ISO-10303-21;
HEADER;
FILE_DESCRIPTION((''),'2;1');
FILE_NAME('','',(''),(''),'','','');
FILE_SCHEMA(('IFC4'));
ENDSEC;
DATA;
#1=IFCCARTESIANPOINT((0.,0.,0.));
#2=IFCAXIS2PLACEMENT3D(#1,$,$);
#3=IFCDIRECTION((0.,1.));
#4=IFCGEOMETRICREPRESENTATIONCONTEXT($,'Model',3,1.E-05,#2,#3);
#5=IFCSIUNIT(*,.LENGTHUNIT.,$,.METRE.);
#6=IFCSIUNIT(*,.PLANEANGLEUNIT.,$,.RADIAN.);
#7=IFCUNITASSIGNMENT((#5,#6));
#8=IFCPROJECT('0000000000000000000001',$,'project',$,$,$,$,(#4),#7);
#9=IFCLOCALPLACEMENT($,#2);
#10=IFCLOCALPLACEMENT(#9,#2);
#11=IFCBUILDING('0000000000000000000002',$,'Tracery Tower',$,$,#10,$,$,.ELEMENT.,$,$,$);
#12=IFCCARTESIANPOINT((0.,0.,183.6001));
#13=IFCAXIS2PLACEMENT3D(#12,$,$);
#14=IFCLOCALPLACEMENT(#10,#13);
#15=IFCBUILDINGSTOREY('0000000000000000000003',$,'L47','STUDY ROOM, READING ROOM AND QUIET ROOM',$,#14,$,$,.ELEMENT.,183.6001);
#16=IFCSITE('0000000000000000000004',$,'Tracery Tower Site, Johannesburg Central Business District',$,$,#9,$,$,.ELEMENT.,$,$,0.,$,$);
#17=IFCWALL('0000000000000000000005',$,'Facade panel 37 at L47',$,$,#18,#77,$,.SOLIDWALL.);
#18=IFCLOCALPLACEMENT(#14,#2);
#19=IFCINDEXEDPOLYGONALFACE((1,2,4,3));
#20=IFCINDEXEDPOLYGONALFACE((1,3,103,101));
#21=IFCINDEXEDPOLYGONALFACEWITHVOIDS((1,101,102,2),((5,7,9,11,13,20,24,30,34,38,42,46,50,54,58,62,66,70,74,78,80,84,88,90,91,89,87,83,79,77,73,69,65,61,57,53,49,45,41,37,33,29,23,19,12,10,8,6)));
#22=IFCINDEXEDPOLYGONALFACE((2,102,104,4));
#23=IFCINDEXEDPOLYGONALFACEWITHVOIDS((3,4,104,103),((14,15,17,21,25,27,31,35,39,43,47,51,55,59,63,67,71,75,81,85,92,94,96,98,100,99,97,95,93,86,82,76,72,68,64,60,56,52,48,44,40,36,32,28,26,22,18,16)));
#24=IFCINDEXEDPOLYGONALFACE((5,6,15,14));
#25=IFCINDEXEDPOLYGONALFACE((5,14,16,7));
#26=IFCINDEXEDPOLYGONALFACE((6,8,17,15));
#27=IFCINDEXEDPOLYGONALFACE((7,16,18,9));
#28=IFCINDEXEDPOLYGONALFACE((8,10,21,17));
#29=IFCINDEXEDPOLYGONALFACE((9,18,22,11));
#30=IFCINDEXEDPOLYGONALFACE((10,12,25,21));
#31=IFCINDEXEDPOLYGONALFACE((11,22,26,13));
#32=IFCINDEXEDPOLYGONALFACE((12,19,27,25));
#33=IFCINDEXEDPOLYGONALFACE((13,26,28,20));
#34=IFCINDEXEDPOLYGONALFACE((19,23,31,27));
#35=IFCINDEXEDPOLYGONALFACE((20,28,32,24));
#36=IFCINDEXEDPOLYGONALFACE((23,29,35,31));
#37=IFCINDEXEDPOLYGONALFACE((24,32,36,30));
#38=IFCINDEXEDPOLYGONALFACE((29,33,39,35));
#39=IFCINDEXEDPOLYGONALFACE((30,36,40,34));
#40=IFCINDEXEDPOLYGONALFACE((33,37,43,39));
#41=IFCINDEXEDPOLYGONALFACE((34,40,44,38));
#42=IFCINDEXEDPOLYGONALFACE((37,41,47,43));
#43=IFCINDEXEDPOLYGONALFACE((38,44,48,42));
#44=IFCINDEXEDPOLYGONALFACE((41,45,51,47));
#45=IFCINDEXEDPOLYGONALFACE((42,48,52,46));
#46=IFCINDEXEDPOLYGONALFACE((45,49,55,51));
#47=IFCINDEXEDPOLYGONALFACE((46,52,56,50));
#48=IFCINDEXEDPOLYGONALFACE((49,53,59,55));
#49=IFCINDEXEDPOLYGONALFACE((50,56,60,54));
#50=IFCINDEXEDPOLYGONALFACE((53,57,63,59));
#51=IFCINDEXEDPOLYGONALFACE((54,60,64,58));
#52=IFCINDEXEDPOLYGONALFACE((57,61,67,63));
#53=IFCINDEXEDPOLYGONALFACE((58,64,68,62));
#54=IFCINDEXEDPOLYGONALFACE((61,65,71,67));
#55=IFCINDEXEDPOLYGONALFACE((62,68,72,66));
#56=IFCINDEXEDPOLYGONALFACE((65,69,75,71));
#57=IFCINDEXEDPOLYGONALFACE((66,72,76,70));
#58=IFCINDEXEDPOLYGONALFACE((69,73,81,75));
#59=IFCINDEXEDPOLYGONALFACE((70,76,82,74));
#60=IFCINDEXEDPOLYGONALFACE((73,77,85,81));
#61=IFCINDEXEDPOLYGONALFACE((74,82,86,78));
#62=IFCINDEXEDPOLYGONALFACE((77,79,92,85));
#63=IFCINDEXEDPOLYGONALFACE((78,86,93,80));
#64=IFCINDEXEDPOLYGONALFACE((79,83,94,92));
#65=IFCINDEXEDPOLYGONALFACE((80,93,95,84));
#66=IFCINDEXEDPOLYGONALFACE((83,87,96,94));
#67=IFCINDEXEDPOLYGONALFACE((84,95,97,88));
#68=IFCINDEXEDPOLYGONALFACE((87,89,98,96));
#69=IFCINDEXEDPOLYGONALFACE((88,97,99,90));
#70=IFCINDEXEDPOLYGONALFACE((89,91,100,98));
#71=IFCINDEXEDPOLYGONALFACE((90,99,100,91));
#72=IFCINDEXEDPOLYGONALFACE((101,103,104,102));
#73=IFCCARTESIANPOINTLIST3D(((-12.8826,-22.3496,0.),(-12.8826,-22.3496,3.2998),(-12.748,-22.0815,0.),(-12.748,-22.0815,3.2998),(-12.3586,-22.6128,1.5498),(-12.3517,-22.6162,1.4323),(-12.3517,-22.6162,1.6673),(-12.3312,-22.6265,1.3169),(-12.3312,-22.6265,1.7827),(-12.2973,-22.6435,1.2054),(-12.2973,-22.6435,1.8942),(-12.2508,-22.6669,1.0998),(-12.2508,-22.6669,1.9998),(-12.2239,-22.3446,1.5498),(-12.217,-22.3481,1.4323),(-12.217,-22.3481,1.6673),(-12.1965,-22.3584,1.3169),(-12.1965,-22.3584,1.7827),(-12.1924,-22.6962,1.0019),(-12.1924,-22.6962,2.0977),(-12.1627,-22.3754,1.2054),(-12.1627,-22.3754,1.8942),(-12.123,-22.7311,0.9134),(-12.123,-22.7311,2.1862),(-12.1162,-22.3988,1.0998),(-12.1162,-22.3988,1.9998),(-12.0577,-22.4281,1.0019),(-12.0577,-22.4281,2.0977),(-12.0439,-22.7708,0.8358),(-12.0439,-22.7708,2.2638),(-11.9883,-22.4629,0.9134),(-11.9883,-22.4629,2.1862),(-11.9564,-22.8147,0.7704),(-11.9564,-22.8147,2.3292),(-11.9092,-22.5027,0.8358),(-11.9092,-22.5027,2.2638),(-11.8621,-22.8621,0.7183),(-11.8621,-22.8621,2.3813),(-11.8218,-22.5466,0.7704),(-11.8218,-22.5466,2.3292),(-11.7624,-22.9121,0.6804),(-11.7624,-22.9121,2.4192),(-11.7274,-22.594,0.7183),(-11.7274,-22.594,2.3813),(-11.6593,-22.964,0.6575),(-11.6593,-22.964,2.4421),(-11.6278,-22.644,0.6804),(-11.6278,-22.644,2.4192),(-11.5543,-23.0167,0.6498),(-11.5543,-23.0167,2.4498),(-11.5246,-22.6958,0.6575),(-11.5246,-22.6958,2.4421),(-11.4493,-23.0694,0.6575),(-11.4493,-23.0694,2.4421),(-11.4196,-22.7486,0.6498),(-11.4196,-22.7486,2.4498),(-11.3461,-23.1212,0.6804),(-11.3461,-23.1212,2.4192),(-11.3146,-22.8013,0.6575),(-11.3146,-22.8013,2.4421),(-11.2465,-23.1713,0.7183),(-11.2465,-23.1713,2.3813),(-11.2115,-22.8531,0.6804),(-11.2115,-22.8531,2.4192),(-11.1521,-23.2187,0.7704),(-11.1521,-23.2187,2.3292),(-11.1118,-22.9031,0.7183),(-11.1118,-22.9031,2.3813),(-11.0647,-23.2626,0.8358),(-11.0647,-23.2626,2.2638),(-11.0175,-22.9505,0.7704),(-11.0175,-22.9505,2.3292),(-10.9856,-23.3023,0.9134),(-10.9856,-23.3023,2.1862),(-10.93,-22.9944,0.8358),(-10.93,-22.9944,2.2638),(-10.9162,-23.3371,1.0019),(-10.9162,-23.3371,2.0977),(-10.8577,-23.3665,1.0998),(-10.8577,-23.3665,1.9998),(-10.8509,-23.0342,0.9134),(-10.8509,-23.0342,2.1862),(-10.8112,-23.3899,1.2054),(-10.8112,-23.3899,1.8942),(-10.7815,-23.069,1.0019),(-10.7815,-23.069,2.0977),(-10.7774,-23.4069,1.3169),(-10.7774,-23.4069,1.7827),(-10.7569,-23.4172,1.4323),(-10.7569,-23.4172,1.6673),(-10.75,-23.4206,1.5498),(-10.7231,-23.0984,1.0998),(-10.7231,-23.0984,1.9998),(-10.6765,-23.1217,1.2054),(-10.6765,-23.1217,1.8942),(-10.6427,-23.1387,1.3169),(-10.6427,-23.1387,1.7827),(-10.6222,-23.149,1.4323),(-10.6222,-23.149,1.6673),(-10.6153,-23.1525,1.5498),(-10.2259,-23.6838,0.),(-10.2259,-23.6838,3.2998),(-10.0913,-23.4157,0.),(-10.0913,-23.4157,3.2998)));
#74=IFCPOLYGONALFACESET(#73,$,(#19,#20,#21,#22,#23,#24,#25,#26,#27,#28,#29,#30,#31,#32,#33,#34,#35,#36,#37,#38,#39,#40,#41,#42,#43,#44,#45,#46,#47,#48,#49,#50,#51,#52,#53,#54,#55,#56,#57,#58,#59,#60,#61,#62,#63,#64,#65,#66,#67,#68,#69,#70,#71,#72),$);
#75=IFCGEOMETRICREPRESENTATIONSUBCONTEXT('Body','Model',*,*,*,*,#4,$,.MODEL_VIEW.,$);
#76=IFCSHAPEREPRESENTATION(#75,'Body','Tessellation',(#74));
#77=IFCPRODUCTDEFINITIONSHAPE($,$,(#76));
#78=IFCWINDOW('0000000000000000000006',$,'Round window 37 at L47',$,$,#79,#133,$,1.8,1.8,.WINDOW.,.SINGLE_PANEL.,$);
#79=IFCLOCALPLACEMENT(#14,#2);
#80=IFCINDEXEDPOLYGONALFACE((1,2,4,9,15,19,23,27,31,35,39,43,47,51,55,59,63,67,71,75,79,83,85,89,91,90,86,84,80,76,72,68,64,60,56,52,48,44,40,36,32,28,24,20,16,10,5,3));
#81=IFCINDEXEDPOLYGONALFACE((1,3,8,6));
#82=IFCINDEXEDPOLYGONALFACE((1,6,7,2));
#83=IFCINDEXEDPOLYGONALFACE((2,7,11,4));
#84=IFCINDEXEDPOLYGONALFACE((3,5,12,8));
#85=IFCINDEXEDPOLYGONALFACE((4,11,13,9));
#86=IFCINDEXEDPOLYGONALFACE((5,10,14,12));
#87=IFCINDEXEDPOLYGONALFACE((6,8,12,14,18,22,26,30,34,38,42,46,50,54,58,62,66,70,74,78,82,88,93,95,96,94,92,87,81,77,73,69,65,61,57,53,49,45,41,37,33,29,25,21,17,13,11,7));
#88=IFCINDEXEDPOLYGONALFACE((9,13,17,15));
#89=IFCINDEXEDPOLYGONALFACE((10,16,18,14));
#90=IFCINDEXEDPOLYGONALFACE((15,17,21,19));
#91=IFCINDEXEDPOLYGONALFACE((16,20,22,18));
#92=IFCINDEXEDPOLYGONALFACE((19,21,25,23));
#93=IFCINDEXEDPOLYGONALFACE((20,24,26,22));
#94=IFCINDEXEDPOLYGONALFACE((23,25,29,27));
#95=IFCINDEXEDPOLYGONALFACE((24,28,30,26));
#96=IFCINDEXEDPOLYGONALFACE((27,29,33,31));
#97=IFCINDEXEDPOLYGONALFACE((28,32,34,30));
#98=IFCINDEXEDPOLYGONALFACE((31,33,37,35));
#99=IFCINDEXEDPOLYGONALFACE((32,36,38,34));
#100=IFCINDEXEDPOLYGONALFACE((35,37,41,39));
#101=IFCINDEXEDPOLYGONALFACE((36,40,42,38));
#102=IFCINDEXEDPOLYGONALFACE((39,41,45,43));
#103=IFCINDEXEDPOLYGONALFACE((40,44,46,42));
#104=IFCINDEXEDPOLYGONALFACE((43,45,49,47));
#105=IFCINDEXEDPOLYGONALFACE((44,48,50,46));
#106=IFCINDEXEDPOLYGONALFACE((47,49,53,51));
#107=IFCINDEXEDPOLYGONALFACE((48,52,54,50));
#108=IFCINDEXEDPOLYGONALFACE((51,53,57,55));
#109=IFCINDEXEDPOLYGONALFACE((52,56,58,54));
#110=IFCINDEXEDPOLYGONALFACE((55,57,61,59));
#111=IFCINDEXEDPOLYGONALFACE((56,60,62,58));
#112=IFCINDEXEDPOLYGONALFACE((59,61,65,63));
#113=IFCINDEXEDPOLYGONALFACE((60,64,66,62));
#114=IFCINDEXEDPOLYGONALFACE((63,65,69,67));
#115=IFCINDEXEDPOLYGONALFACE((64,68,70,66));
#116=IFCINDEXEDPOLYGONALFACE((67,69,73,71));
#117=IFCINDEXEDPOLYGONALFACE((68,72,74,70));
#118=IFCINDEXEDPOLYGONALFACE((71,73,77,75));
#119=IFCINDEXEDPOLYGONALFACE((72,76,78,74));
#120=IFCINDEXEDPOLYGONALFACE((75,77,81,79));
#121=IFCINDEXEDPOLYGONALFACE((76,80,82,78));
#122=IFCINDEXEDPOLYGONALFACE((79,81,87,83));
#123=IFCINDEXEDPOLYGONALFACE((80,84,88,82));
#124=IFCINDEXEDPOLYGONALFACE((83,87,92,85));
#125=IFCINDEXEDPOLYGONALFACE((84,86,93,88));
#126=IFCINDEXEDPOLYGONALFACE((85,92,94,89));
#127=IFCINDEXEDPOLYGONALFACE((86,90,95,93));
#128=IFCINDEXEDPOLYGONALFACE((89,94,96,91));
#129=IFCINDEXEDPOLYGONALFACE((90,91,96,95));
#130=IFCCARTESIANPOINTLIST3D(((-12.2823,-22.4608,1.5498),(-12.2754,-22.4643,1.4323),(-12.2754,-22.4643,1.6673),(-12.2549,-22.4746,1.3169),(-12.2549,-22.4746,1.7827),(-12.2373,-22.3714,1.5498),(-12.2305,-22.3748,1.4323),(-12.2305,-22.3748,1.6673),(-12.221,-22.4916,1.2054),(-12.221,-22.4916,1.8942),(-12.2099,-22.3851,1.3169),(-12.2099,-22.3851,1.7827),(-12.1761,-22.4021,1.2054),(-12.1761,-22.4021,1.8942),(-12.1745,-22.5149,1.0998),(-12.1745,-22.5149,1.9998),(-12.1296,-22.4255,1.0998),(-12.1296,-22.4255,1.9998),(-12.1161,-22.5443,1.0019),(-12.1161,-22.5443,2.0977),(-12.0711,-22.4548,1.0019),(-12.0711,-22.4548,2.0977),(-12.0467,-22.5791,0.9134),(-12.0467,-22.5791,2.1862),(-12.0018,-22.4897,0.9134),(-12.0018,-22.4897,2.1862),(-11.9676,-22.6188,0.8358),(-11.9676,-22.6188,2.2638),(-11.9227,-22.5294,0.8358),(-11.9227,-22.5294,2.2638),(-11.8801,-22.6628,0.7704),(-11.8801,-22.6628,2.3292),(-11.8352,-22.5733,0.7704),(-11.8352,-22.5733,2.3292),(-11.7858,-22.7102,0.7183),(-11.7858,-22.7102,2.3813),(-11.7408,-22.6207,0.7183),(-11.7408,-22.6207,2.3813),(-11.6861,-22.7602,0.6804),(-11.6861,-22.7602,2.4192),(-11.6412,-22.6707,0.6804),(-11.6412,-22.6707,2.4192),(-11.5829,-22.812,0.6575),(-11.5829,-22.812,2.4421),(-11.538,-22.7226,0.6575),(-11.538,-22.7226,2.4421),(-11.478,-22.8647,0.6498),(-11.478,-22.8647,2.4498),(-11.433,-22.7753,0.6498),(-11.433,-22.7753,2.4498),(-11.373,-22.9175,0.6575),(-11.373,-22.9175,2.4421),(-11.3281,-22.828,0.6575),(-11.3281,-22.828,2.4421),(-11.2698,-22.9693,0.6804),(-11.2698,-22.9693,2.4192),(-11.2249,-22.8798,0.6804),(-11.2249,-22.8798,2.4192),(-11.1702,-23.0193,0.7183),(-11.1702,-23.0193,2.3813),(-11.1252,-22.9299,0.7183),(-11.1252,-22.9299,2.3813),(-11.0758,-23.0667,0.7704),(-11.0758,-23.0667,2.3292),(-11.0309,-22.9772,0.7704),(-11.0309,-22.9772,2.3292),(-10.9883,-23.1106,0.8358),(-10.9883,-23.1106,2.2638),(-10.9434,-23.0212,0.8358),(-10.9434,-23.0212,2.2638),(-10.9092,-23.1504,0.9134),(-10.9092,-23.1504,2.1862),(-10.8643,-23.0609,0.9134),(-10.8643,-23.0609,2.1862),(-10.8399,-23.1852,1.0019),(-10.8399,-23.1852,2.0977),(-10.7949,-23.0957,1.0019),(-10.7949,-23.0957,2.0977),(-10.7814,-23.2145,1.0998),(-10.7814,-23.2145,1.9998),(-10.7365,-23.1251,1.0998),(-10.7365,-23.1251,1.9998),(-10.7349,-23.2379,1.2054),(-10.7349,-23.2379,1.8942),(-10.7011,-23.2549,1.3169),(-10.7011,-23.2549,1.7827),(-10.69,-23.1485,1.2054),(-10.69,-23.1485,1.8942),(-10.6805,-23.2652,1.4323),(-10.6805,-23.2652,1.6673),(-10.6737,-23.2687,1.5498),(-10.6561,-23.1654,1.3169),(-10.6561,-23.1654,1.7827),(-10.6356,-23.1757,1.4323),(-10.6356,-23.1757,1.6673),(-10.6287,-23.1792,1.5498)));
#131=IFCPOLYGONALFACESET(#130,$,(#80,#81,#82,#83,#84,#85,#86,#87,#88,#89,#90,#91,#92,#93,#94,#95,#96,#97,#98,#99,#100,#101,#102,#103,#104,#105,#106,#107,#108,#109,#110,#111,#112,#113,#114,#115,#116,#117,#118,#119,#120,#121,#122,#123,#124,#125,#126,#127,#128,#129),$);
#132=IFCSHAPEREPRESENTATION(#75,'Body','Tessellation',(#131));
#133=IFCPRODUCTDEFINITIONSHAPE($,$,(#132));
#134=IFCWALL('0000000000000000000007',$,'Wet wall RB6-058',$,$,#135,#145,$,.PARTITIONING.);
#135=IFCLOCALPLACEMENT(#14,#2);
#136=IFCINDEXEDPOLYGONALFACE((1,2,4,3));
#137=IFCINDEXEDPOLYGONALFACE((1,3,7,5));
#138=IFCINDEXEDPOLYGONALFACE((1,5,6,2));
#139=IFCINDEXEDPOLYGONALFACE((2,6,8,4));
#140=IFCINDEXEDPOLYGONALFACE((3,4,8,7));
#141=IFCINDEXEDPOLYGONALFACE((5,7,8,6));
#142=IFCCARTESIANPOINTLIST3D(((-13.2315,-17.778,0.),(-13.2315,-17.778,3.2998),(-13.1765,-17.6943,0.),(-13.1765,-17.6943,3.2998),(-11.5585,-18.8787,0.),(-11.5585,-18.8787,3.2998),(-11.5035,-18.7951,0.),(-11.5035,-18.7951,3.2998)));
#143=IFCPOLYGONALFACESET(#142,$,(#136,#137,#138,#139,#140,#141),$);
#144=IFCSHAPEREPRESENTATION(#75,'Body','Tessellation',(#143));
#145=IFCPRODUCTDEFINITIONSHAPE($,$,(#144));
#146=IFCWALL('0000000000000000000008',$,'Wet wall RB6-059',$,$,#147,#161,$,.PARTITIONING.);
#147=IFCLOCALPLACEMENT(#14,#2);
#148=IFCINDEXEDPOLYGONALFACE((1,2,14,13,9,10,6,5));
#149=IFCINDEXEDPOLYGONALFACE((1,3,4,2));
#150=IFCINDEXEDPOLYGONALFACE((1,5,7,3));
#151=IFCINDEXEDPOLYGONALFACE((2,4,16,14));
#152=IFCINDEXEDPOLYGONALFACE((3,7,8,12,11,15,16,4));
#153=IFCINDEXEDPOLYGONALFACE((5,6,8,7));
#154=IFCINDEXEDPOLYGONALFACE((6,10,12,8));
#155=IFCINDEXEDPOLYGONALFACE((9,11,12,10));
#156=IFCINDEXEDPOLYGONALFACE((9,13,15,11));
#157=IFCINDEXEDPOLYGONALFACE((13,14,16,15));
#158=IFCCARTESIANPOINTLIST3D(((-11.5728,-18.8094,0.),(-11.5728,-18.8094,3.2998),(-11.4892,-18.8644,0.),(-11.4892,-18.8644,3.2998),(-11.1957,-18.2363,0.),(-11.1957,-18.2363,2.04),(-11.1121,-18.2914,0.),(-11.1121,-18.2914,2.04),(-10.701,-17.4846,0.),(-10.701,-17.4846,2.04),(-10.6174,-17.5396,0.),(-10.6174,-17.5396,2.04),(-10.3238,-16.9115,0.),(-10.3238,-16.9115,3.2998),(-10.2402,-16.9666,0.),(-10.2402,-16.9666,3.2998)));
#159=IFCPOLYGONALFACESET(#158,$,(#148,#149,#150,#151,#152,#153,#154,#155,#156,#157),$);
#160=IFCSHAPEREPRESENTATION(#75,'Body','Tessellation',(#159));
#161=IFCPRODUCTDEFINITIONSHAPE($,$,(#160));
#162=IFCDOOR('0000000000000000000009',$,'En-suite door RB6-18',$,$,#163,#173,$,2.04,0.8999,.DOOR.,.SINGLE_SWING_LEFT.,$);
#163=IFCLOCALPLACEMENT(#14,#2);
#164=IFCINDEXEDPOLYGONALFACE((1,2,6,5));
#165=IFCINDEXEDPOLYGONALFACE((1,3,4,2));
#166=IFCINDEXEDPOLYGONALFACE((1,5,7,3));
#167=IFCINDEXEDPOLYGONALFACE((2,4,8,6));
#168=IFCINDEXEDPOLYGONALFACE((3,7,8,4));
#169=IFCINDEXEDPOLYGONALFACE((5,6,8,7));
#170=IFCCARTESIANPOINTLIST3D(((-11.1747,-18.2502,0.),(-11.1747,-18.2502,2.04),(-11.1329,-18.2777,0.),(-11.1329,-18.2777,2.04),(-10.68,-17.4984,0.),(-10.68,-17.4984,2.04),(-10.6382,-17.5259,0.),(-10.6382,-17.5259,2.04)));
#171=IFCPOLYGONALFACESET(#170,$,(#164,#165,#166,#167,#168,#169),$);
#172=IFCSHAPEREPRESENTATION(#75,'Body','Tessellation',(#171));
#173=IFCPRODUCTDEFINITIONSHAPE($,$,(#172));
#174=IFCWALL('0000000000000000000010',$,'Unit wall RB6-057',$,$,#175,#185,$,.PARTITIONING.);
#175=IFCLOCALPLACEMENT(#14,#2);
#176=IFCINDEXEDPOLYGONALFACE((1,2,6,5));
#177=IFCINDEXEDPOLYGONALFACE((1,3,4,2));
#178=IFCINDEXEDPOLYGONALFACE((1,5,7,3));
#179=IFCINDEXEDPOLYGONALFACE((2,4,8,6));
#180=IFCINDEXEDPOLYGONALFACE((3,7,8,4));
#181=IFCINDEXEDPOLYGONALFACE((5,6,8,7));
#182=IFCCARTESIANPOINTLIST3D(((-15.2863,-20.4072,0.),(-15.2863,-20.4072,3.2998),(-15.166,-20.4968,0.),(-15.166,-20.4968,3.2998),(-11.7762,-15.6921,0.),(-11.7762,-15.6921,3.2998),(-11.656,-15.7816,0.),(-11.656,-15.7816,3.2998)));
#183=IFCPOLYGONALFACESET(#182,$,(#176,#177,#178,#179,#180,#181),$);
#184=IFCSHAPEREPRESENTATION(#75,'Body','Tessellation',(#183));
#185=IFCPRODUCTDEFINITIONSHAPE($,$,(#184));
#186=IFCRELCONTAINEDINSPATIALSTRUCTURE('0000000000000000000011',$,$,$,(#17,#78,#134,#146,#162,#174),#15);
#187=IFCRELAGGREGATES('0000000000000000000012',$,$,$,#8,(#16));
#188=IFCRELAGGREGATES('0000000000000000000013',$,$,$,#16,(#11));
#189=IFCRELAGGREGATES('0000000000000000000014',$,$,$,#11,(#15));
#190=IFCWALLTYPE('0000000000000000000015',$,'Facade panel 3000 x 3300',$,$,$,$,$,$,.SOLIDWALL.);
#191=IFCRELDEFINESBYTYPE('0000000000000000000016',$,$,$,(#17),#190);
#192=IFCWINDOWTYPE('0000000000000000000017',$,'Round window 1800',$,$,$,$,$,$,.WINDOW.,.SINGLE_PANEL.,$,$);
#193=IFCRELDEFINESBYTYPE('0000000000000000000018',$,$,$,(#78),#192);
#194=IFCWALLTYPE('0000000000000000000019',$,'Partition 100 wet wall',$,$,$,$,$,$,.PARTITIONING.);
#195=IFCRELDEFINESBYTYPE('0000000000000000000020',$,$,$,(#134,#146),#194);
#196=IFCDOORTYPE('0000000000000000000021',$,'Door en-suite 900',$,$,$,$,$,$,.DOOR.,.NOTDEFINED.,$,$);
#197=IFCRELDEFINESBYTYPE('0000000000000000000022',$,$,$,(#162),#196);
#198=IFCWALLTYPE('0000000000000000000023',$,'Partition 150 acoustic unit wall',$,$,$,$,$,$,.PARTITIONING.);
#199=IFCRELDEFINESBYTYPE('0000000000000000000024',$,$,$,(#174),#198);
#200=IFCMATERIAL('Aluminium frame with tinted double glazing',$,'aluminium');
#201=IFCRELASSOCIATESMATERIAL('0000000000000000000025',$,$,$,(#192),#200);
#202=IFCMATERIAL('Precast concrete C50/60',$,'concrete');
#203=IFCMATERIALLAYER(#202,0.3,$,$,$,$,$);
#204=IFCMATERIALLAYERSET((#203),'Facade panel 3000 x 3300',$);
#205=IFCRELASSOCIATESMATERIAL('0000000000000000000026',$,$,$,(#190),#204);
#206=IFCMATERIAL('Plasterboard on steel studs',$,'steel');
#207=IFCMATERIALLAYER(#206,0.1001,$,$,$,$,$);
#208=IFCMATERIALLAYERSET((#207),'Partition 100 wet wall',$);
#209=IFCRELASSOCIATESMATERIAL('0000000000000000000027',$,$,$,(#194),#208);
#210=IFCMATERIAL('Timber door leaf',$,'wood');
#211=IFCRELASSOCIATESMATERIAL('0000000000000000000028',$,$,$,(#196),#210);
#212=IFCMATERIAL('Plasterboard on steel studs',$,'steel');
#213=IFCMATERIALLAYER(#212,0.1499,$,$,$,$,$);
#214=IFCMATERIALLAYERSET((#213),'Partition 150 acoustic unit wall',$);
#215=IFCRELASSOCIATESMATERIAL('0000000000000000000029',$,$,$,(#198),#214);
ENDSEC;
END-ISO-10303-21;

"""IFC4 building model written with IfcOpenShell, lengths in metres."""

from ifc_helpers import new_model, si_unit, direction, frame, frame_2d, origin, origin_2d, place, context, subcontext, project, spatial, rectangle, circle, extrude, material, layer, layer_set, type_object, element, fill, save


model = new_model("IFC4")

# Units and contexts
model_context = context("Model", 3, precision=1e-05, world=origin(), true_north=direction((0.0, 1.0)))
body_context = subcontext(model_context, "Body", "Model", "MODEL_VIEW")
ifc_project = project(units=[si_unit("LENGTHUNIT", "METRE"), si_unit("PLANEANGLEUNIT", "RADIAN")], contexts=[model_context])

# Site, building, storey
site_placement = place(None, origin())
site = spatial("IfcSite", under=ifc_project, at=site_placement, Name="Tracery Tower Site, Johannesburg Central Business District", CompositionType="ELEMENT", RefElevation=0.0)
building_placement = place(site_placement, origin())
building = spatial("IfcBuilding", under=site, at=building_placement, Name="Tracery Tower", CompositionType="ELEMENT")
storey_placement = place(building_placement, frame((0.0, 0.0, 183.6001)))
storey = spatial("IfcBuildingStorey", under=building, at=storey_placement, Name="L47", Description="STUDY ROOM, READING ROOM AND QUIET ROOM", CompositionType="ELEMENT", Elevation=183.6001)

# Wall, opening, window
ifc_material_1 = material(Name="Aluminium frame with tinted double glazing", Category="aluminium")
window_type = type_object("IfcWindowType", Name="Round window 1800", PartitioningType="SINGLE_PANEL", PredefinedType="WINDOW", material=ifc_material_1)
ifc_material_2 = material(Name="Precast concrete C50/60", Category="concrete")
ifc_layer_1 = layer(ifc_material_2, 0.3)
ifc_layer_set_1 = layer_set([ifc_layer_1], Name="Facade panel 3000 x 3300")
wall_type_1 = type_object("IfcWallType", Name="Facade panel 3000 x 3300", PredefinedType="SOLIDWALL", material=ifc_layer_set_1)
wall_1_placement = place(storey_placement, frame((-12.8152, -22.2156, 0.0), z_axis=(0.0, 0.0, 1.0), x_axis=(0.893637, -0.44879, 0.0)))
wall_1 = element("IfcWall", 1, at=wall_1_placement, inside=storey, type_object=wall_type_1, Name="Facade panel 37 at L47", PredefinedType="SOLIDWALL", context=body_context, shape_type="SweptSolid", body=[
    extrude(rectangle(XDim=2.9729, YDim=0.3, at=frame_2d((1.4863, 0.0))), origin(), (0.0, 0.0, 1.0), 3.2998),
])
opening_1_placement = place(wall_1_placement, frame((1.4863, 0.0, 1.5498)))
opening_1 = element("IfcOpeningElement", 2, at=opening_1_placement, cuts=wall_1, PredefinedType="OPENING", context=body_context, shape_type="SweptSolid", body=[
    extrude(circle(Radius=0.9, at=origin_2d()), frame((0.0, 0.1599, 0.0), z_axis=(0.0, -1.0, 0.0), x_axis=(1.0, 0.0, 0.0)), (0.0, 0.0, 1.0), 0.3201),
])
window_1_placement = place(opening_1_placement, origin())
window_1 = element("IfcWindow", 3, at=window_1_placement, inside=storey, type_object=window_type, Name="Round window 37 at L47", OverallHeight=1.8, OverallWidth=1.8, PartitioningType="SINGLE_PANEL", PredefinedType="WINDOW", context=body_context, shape_type="SweptSolid", body=[
    extrude(circle(Radius=0.9, at=origin_2d()), frame((0.0, 0.1201, 0.0), z_axis=(0.0, -1.0, 0.0), x_axis=(1.0, 0.0, 0.0)), (0.0, 0.0, 1.0), 0.1001),
])
fill(opening_1, window_1)

# Wall
ifc_material_3 = material(Name="Plasterboard on steel studs", Category="steel")
ifc_layer_2 = layer(ifc_material_3, 0.1001)
ifc_layer_set_2 = layer_set([ifc_layer_2], Name="Partition 100 wet wall")
wall_type_2 = type_object("IfcWallType", Name="Partition 100 wet wall", PredefinedType="PARTITIONING", material=ifc_layer_set_2)
wall_2_placement = place(storey_placement, frame((-13.2041, -17.7361, 0.0), z_axis=(0.0, 0.0, 1.0), x_axis=(0.835392, -0.549655, 0.0)))
element("IfcWall", 4, at=wall_2_placement, inside=storey, type_object=wall_type_2, Name="Wet wall RB6-058", PredefinedType="PARTITIONING", context=body_context, shape_type="SweptSolid", body=[
    extrude(rectangle(XDim=2.0027, YDim=0.1001, at=frame_2d((1.0015, 0.0))), origin(), (0.0, 0.0, 1.0), 3.2998),
])

# Wall, opening, door
wall_3_placement = place(storey_placement, frame((-11.531, -18.8369, 0.0), z_axis=(0.0, 0.0, 1.0), x_axis=(0.549731, 0.835342, 0.0)))
wall_3 = element("IfcWall", 5, at=wall_3_placement, inside=storey, type_object=wall_type_2, Name="Wet wall RB6-059", PredefinedType="PARTITIONING", context=body_context, shape_type="SweptSolid", body=[
    extrude(rectangle(XDim=2.272, YDim=0.1001, at=frame_2d((1.136, 0.0))), origin(), (0.0, 0.0, 1.0), 3.2998),
])
opening_2_placement = place(wall_3_placement, frame((0.686, 0.0, 0.0)))
opening_2 = element("IfcOpeningElement", 6, at=opening_2_placement, cuts=wall_3, PredefinedType="OPENING", context=body_context, shape_type="SweptSolid", body=[
    extrude(rectangle(XDim=0.8999, YDim=2.04, at=frame_2d((0.45, 1.02))), frame((0.0, 0.05, 0.0), z_axis=(0.0, -1.0, 0.0), x_axis=(1.0, 0.0, 0.0)), (0.0, 0.0, 1.0), 0.1001),
])
ifc_material_4 = material(Name="Timber door leaf", Category="wood")
door_type = type_object("IfcDoorType", Name="Door en-suite 900", OperationType="NOTDEFINED", PredefinedType="DOOR", material=ifc_material_4)
door_placement = place(opening_2_placement, origin())
door = element("IfcDoor", 7, at=door_placement, inside=storey, type_object=door_type, Name="En-suite door RB6-18", OperationType="SINGLE_SWING_LEFT", OverallHeight=2.04, OverallWidth=0.8999, PredefinedType="DOOR", context=body_context, shape_type="SweptSolid", body=[
    extrude(rectangle(XDim=0.8999, YDim=2.04, at=frame_2d((0.45, 1.02))), frame((0.0, 0.0249, 0.0), z_axis=(0.0, -1.0, 0.0), x_axis=(1.0, 0.0, 0.0)), (0.0, 0.0, 1.0), 0.05),
])
fill(opening_2, door)

# Wall
ifc_material_5 = material(Name="Plasterboard on steel studs", Category="steel")
ifc_layer_3 = layer(ifc_material_5, 0.1499)
ifc_layer_set_3 = layer_set([ifc_layer_3], Name="Partition 150 acoustic unit wall")
wall_type_3 = type_object("IfcWallType", Name="Partition 150 acoustic unit wall", PredefinedType="PARTITIONING", material=ifc_layer_set_3)
wall_4_placement = place(storey_placement, frame((-15.2261, -20.4519, 0.0), z_axis=(0.0, 0.0, 1.0), x_axis=(0.597132, 0.802143, 0.0)))
element("IfcWall", 8, at=wall_4_placement, inside=storey, type_object=wall_type_3, Name="Unit wall RB6-057", PredefinedType="PARTITIONING", context=body_context, shape_type="SweptSolid", body=[
    extrude(rectangle(XDim=5.8782, YDim=0.1499, at=frame_2d((2.939, 0.0))), origin(), (0.0, 0.0, 1.0), 3.2998),
])

save(model, "model.ifc")
